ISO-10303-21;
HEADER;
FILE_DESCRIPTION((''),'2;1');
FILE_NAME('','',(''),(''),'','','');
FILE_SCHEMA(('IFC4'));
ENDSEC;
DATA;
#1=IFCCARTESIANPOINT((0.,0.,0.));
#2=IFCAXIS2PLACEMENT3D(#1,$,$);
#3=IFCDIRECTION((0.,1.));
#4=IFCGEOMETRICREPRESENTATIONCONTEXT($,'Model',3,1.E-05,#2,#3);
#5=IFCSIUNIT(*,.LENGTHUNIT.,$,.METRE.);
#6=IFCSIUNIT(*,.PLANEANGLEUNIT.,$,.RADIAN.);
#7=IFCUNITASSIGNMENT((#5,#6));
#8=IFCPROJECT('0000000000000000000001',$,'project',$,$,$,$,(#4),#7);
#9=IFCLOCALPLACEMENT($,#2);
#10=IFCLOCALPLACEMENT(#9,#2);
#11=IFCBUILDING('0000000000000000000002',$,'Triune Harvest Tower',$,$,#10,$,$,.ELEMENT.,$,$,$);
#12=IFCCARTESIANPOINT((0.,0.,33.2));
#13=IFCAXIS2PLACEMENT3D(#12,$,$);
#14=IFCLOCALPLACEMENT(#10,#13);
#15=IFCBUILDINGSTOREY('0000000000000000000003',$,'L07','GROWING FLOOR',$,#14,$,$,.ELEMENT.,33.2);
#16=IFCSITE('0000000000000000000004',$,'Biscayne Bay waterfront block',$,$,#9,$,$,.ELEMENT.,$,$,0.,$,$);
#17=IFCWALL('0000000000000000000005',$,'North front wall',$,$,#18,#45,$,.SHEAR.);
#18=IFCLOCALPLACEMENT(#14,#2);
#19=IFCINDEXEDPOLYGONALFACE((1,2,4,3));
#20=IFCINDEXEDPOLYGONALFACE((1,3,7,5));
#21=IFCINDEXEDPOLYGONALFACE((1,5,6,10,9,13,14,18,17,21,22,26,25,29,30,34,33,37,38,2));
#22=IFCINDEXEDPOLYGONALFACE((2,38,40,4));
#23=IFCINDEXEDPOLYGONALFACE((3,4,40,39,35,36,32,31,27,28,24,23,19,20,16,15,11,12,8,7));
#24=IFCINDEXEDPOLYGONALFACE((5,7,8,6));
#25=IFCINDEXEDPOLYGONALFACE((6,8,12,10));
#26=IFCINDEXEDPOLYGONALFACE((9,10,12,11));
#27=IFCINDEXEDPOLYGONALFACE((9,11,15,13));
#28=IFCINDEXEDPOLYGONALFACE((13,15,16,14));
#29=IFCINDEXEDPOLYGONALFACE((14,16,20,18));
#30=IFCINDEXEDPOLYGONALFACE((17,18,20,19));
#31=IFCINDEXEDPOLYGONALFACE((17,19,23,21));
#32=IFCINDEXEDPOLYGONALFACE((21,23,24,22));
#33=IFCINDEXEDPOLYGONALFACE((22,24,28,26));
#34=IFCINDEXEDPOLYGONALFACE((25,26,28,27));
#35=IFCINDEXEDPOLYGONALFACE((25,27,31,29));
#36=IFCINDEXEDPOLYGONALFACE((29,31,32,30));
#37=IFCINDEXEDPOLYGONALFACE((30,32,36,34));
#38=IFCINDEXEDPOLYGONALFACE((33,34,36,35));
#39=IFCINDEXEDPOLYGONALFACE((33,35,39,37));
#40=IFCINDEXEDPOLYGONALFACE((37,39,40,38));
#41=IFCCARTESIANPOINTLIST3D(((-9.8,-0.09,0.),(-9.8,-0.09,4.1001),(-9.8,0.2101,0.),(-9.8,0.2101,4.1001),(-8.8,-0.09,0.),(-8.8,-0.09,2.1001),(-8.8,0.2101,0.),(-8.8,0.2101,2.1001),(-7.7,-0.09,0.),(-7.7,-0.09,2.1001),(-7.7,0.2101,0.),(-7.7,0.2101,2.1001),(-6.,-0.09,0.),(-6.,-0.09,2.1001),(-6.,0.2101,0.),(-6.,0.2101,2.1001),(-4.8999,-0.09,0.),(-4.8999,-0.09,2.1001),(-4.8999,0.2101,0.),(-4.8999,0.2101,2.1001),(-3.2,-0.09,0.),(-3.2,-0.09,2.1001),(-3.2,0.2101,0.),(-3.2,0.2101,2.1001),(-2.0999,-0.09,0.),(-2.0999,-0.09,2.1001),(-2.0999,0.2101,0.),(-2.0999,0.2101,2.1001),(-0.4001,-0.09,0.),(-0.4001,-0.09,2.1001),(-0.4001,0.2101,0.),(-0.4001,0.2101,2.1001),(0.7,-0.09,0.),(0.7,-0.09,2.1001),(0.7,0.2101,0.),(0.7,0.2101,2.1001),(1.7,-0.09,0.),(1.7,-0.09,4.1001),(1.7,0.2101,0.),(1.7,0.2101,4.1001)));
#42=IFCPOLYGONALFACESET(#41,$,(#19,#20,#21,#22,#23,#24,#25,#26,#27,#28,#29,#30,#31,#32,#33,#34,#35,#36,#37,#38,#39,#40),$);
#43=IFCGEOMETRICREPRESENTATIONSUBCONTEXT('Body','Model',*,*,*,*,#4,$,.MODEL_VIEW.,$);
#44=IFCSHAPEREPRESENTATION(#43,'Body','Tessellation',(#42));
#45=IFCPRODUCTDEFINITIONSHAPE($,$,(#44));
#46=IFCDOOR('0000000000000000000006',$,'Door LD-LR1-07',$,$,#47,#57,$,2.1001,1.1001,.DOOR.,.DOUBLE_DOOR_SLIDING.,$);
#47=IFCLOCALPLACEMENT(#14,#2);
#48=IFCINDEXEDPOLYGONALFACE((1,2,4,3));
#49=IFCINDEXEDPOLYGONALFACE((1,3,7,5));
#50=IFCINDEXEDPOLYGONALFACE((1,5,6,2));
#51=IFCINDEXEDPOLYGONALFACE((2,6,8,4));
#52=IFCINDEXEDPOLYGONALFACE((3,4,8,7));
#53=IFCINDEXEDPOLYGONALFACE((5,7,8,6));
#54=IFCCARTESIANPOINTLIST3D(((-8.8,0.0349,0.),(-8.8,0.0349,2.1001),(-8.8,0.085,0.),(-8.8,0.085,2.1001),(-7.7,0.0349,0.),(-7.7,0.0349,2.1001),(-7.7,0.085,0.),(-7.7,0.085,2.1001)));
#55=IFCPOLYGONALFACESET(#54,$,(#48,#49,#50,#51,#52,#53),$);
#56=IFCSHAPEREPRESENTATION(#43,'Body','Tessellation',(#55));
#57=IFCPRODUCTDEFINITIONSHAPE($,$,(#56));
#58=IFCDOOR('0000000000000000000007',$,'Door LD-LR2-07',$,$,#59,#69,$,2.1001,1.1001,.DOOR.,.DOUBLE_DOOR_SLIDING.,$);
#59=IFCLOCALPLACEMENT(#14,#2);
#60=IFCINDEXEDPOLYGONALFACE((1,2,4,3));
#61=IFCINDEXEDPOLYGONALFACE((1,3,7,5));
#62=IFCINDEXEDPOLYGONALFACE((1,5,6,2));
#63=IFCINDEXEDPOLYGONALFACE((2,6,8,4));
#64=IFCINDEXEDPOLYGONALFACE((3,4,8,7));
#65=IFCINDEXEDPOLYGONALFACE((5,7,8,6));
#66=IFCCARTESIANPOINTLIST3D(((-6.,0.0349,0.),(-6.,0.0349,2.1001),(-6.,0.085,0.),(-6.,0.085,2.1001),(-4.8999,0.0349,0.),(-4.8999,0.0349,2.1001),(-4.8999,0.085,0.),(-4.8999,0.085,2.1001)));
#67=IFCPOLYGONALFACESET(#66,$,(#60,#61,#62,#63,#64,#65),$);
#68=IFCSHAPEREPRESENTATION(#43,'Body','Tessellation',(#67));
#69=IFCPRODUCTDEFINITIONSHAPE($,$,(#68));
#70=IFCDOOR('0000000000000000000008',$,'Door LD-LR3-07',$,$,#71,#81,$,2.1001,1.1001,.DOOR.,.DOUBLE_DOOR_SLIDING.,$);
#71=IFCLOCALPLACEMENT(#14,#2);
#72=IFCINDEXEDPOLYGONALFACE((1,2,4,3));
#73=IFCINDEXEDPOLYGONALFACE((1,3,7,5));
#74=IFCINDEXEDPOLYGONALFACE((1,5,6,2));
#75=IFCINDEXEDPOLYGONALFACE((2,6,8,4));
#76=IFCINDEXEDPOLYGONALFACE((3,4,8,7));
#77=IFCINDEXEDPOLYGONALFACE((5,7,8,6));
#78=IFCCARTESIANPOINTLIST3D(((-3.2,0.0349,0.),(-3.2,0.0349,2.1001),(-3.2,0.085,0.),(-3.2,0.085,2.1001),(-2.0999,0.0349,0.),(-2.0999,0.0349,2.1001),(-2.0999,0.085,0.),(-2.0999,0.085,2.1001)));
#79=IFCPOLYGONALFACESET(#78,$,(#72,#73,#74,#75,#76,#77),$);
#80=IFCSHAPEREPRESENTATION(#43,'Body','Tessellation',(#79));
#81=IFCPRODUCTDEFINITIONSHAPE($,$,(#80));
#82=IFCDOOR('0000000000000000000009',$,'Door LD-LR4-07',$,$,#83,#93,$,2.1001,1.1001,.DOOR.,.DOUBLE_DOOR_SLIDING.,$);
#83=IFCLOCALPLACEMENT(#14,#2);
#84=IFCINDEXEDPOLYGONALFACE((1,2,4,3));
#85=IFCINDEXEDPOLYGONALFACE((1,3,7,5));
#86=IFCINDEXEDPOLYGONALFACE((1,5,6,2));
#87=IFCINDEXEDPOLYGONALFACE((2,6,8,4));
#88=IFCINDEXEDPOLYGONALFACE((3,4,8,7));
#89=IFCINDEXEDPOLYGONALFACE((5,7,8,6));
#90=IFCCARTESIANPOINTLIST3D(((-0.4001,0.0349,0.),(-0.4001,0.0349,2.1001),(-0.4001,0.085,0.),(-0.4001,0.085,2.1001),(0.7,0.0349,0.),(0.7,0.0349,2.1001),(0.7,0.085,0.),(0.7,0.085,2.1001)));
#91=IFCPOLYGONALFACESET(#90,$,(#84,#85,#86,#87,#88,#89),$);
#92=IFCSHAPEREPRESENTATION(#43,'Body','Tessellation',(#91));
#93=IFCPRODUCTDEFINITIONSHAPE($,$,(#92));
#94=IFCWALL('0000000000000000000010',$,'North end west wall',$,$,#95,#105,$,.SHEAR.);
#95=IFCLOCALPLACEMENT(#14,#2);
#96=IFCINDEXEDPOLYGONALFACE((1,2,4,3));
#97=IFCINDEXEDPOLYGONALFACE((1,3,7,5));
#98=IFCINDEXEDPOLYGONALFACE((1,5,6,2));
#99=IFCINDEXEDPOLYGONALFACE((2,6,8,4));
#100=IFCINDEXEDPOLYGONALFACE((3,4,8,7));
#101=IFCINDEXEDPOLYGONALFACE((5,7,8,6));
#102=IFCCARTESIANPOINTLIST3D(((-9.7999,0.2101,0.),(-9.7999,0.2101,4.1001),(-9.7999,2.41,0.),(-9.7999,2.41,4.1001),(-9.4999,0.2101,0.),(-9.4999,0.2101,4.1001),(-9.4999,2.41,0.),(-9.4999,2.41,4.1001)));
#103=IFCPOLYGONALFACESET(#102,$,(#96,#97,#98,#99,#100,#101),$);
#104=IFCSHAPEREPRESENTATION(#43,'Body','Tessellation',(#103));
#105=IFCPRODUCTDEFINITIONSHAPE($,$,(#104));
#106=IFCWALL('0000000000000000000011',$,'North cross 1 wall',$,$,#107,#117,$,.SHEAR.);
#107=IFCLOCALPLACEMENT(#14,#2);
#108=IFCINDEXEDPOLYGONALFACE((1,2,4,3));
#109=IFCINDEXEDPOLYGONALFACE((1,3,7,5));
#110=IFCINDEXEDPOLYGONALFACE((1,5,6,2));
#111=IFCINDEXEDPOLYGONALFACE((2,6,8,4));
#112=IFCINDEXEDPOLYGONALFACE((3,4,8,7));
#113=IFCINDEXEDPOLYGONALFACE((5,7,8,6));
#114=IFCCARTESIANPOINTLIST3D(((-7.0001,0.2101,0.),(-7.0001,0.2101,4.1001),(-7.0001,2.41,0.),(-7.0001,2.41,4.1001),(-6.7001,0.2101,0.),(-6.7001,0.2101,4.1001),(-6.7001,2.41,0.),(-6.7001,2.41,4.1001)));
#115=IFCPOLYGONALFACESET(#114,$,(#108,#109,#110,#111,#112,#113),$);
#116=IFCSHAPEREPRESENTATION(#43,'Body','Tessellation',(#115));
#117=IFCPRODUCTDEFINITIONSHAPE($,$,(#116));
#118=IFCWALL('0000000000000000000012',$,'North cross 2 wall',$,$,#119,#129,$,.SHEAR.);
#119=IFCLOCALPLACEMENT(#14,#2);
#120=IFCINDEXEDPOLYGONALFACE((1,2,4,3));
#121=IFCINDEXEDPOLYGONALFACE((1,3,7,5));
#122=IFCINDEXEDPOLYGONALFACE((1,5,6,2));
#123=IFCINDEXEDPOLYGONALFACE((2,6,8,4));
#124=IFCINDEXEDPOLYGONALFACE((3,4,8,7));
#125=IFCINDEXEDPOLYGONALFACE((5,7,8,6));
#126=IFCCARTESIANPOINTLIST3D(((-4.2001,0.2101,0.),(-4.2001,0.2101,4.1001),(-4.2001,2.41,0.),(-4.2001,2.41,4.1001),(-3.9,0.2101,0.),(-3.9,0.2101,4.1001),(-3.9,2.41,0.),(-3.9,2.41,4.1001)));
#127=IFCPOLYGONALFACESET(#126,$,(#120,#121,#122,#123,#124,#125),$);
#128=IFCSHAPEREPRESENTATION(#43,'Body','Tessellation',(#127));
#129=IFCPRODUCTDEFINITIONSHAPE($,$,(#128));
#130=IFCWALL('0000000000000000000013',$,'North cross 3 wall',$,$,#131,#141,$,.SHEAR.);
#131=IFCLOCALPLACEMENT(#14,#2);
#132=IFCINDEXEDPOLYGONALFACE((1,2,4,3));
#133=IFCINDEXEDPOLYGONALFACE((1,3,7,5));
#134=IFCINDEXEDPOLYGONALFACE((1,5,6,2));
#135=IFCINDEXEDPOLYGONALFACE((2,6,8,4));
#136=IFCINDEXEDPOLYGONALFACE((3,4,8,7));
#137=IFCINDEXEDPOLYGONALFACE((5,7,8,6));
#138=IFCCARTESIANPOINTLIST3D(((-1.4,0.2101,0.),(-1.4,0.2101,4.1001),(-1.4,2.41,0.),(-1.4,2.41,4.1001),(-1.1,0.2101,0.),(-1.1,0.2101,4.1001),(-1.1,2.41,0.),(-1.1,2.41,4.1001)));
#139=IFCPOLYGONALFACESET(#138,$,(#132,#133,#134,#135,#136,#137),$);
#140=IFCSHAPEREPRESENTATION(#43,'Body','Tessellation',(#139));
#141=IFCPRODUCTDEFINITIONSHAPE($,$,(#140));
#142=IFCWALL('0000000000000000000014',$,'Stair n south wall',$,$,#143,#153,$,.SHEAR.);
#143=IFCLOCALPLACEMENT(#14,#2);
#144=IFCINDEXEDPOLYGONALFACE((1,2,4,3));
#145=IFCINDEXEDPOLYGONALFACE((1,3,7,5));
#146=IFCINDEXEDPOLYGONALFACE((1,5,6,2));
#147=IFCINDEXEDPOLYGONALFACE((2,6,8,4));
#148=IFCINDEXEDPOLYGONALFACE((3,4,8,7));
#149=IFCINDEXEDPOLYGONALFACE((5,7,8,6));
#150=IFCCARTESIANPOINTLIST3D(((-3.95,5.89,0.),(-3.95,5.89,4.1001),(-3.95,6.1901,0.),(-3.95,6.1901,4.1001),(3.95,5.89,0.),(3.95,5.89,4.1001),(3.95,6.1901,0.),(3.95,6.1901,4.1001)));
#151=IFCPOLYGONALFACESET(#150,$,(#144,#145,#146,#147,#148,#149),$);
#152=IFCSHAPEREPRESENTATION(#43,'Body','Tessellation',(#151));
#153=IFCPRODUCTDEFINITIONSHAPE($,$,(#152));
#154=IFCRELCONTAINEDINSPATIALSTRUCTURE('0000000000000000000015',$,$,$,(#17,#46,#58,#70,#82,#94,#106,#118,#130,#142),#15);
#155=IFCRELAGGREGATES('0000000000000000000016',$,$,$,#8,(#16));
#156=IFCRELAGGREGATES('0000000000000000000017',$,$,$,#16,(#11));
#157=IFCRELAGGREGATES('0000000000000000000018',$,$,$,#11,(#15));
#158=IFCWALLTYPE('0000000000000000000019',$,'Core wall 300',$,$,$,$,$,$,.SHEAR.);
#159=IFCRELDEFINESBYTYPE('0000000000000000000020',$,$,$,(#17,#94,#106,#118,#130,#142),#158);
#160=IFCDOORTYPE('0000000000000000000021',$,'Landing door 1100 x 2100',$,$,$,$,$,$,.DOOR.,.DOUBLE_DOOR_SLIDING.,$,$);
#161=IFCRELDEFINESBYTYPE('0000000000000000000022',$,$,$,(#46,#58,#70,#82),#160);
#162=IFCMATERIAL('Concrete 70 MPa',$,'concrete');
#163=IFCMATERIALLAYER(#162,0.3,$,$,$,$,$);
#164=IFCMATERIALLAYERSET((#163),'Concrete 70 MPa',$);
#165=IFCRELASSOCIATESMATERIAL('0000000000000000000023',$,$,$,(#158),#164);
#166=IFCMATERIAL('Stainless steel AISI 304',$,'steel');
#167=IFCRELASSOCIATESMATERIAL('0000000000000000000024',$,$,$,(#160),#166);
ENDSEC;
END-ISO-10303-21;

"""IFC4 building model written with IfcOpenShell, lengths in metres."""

from ifc_helpers import new_model, si_unit, direction, frame, frame_2d, origin, place, context, subcontext, project, spatial, rectangle, extrude, source, transform, mapped, material, layer, layer_set, type_object, element, fill, save


model = new_model("IFC4")

# Units and contexts
model_context = context("Model", 3, precision=1e-05, world=origin(), true_north=direction((0.0, 1.0)))
body_context = subcontext(model_context, "Body", "Model", "MODEL_VIEW")
ifc_project = project(units=[si_unit("LENGTHUNIT", "METRE"), si_unit("PLANEANGLEUNIT", "RADIAN")], contexts=[model_context])

# Site, building, storey
site_placement = place(None, origin())
site = spatial("IfcSite", under=ifc_project, at=site_placement, Name="Biscayne Bay waterfront block", CompositionType="ELEMENT", RefElevation=0.0)
building_placement = place(site_placement, origin())
building = spatial("IfcBuilding", under=site, at=building_placement, Name="Triune Harvest Tower", CompositionType="ELEMENT")
storey_placement = place(building_placement, frame((0.0, 0.0, 33.2)))
storey = spatial("IfcBuildingStorey", under=building, at=storey_placement, Name="L07", Description="GROWING FLOOR", CompositionType="ELEMENT", Elevation=33.2)

# Wall, openings, doors
ifc_material_1 = material(Name="Concrete 70 MPa", Category="concrete")
ifc_layer_1 = layer(ifc_material_1, 0.3)
ifc_layer_set_1 = layer_set([ifc_layer_1], Name="Concrete 70 MPa")
wall_type = type_object("IfcWallType", Name="Core wall 300", PredefinedType="SHEAR", material=ifc_layer_set_1)
shared_shape_1 = source(origin(), body_context, "Body", "SweptSolid", [
    extrude(rectangle(XDim=11.5, YDim=0.3, at=frame_2d((5.75, 0.0))), origin(), (0.0, 0.0, 1.0), 4.1001),
])
wall_1_placement = place(storey_placement, frame((-9.8, 0.0601, 0.0), z_axis=(0.0, 0.0, 1.0), x_axis=(1.0, 0.0, 0.0)))
wall_1 = element("IfcWall", 1, at=wall_1_placement, inside=storey, type_object=wall_type, Name="North front wall", PredefinedType="SHEAR", context=body_context, shape_type="MappedRepresentation", body=[
    mapped(shared_shape_1, transform((0.0, 0.0, 0.0), scale=1.0)),
])
opening_1_placement = place(wall_1_placement, frame((1.0, 0.0, 0.0)))
opening_1 = element("IfcOpeningElement", 2, at=opening_1_placement, cuts=wall_1, PredefinedType="OPENING", context=body_context, shape_type="SweptSolid", body=[
    extrude(rectangle(XDim=1.1001, YDim=2.1001, at=frame_2d((0.55, 1.05))), frame((0.0, 0.1602, 0.0), z_axis=(0.0, -1.0, 0.0), x_axis=(1.0, 0.0, 0.0)), (0.0, 0.0, 1.0), 0.3201),
])
opening_2_placement = place(wall_1_placement, frame((3.8, 0.0, 0.0)))
opening_2 = element("IfcOpeningElement", 3, at=opening_2_placement, cuts=wall_1, PredefinedType="OPENING", context=body_context, shape_type="SweptSolid", body=[
    extrude(rectangle(XDim=1.1001, YDim=2.1001, at=frame_2d((0.55, 1.05))), frame((0.0, 0.1602, 0.0), z_axis=(0.0, -1.0, 0.0), x_axis=(1.0, 0.0, 0.0)), (0.0, 0.0, 1.0), 0.3201),
])
opening_3_placement = place(wall_1_placement, frame((6.6001, 0.0, 0.0)))
opening_3 = element("IfcOpeningElement", 4, at=opening_3_placement, cuts=wall_1, PredefinedType="OPENING", context=body_context, shape_type="SweptSolid", body=[
    extrude(rectangle(XDim=1.1001, YDim=2.1001, at=frame_2d((0.55, 1.05))), frame((0.0, 0.1602, 0.0), z_axis=(0.0, -1.0, 0.0), x_axis=(1.0, 0.0, 0.0)), (0.0, 0.0, 1.0), 0.3201),
])
opening_4_placement = place(wall_1_placement, frame((9.3999, 0.0, 0.0)))
opening_4 = element("IfcOpeningElement", 5, at=opening_4_placement, cuts=wall_1, PredefinedType="OPENING", context=body_context, shape_type="SweptSolid", body=[
    extrude(rectangle(XDim=1.1001, YDim=2.1001, at=frame_2d((0.55, 1.05))), frame((0.0, 0.1602, 0.0), z_axis=(0.0, -1.0, 0.0), x_axis=(1.0, 0.0, 0.0)), (0.0, 0.0, 1.0), 0.3201),
])
ifc_material_2 = material(Name="Stainless steel AISI 304", Category="steel")
door_type_1 = type_object("IfcDoorType", Name="Landing door 1100 x 2100", OperationType="DOUBLE_DOOR_SLIDING", PredefinedType="DOOR", material=ifc_material_2)
door_1_placement = place(opening_1_placement, origin())
door_1 = element("IfcDoor", 6, at=door_1_placement, inside=storey, type_object=door_type_1, Name="Door LD-LR1-07", OperationType="DOUBLE_DOOR_SLIDING", OverallHeight=2.1001, OverallWidth=1.1001, PredefinedType="DOOR", context=body_context, shape_type="SweptSolid", body=[
    extrude(rectangle(XDim=1.1001, YDim=2.1001, at=frame_2d((0.55, 1.05))), frame((0.0, 0.0249, 0.0), z_axis=(0.0, -1.0, 0.0), x_axis=(1.0, 0.0, 0.0)), (0.0, 0.0, 1.0), 0.05),
])
fill(opening_1, door_1)
door_2_placement = place(opening_2_placement, origin())
door_2 = element("IfcDoor", 7, at=door_2_placement, inside=storey, type_object=door_type_1, Name="Door LD-LR2-07", OperationType="DOUBLE_DOOR_SLIDING", OverallHeight=2.1001, OverallWidth=1.1001, PredefinedType="DOOR", context=body_context, shape_type="SweptSolid", body=[
    extrude(rectangle(XDim=1.1001, YDim=2.1001, at=frame_2d((0.55, 1.05))), frame((0.0, 0.0249, 0.0), z_axis=(0.0, -1.0, 0.0), x_axis=(1.0, 0.0, 0.0)), (0.0, 0.0, 1.0), 0.05),
])
fill(opening_2, door_2)
door_3_placement = place(opening_3_placement, origin())
door_3 = element("IfcDoor", 8, at=door_3_placement, inside=storey, type_object=door_type_1, Name="Door LD-LR3-07", OperationType="DOUBLE_DOOR_SLIDING", OverallHeight=2.1001, OverallWidth=1.1001, PredefinedType="DOOR", context=body_context, shape_type="SweptSolid", body=[
    extrude(rectangle(XDim=1.1001, YDim=2.1001, at=frame_2d((0.55, 1.05))), frame((0.0, 0.0249, 0.0), z_axis=(0.0, -1.0, 0.0), x_axis=(1.0, 0.0, 0.0)), (0.0, 0.0, 1.0), 0.05),
])
fill(opening_3, door_3)
door_4_placement = place(opening_4_placement, origin())
door_4 = element("IfcDoor", 9, at=door_4_placement, inside=storey, type_object=door_type_1, Name="Door LD-LR4-07", OperationType="DOUBLE_DOOR_SLIDING", OverallHeight=2.1001, OverallWidth=1.1001, PredefinedType="DOOR", context=body_context, shape_type="SweptSolid", body=[
    extrude(rectangle(XDim=1.1001, YDim=2.1001, at=frame_2d((0.55, 1.05))), frame((0.0, 0.0249, 0.0), z_axis=(0.0, -1.0, 0.0), x_axis=(1.0, 0.0, 0.0)), (0.0, 0.0, 1.0), 0.05),
])
fill(opening_4, door_4)

# Walls
shared_shape_2 = source(origin(), body_context, "Body", "SweptSolid", [
    extrude(rectangle(XDim=2.2, YDim=0.3, at=frame_2d((1.1001, 0.0))), origin(), (0.0, 0.0, 1.0), 4.1001),
])
for number, where, z_axis, x_axis, name in (
    (10, (-9.6499, 0.21, 0.0), (0.0, 0.0, 1.0), (0.0, 1.0, 0.0), "North end west wall"),
    (11, (-6.8501, 0.21, 0.0), (0.0, 0.0, 1.0), (0.0, 1.0, 0.0), "North cross 1 wall"),
    (12, (-4.05, 0.21, 0.0), (0.0, 0.0, 1.0), (0.0, 1.0, 0.0), "North cross 2 wall"),
    (13, (-1.25, 0.21, 0.0), (0.0, 0.0, 1.0), (0.0, 1.0, 0.0), "North cross 3 wall"),
):
    element("IfcWall", number, at=place(storey_placement, frame(where, z_axis=z_axis, x_axis=x_axis)), inside=storey, type_object=wall_type, Name=name, PredefinedType="SHEAR", context=body_context, shape_type="MappedRepresentation", body=[
        mapped(shared_shape_2, transform((0.0, 0.0, 0.0), scale=1.0)),
    ])
shared_shape_3 = source(origin(), body_context, "Body", "SweptSolid", [
    extrude(rectangle(XDim=7.8999, YDim=0.3, at=frame_2d((3.95, 0.0))), origin(), (0.0, 0.0, 1.0), 4.1001),
])
wall_2_placement = place(storey_placement, frame((-3.95, 6.04, 0.0), z_axis=(0.0, 0.0, 1.0), x_axis=(1.0, 0.0, 0.0)))
element("IfcWall", 14, at=wall_2_placement, inside=storey, type_object=wall_type, Name="Stair n south wall", PredefinedType="SHEAR", context=body_context, shape_type="MappedRepresentation", body=[
    mapped(shared_shape_3, transform((0.0, 0.0, 0.0), scale=1.0)),
])

save(model, "model.ifc")
